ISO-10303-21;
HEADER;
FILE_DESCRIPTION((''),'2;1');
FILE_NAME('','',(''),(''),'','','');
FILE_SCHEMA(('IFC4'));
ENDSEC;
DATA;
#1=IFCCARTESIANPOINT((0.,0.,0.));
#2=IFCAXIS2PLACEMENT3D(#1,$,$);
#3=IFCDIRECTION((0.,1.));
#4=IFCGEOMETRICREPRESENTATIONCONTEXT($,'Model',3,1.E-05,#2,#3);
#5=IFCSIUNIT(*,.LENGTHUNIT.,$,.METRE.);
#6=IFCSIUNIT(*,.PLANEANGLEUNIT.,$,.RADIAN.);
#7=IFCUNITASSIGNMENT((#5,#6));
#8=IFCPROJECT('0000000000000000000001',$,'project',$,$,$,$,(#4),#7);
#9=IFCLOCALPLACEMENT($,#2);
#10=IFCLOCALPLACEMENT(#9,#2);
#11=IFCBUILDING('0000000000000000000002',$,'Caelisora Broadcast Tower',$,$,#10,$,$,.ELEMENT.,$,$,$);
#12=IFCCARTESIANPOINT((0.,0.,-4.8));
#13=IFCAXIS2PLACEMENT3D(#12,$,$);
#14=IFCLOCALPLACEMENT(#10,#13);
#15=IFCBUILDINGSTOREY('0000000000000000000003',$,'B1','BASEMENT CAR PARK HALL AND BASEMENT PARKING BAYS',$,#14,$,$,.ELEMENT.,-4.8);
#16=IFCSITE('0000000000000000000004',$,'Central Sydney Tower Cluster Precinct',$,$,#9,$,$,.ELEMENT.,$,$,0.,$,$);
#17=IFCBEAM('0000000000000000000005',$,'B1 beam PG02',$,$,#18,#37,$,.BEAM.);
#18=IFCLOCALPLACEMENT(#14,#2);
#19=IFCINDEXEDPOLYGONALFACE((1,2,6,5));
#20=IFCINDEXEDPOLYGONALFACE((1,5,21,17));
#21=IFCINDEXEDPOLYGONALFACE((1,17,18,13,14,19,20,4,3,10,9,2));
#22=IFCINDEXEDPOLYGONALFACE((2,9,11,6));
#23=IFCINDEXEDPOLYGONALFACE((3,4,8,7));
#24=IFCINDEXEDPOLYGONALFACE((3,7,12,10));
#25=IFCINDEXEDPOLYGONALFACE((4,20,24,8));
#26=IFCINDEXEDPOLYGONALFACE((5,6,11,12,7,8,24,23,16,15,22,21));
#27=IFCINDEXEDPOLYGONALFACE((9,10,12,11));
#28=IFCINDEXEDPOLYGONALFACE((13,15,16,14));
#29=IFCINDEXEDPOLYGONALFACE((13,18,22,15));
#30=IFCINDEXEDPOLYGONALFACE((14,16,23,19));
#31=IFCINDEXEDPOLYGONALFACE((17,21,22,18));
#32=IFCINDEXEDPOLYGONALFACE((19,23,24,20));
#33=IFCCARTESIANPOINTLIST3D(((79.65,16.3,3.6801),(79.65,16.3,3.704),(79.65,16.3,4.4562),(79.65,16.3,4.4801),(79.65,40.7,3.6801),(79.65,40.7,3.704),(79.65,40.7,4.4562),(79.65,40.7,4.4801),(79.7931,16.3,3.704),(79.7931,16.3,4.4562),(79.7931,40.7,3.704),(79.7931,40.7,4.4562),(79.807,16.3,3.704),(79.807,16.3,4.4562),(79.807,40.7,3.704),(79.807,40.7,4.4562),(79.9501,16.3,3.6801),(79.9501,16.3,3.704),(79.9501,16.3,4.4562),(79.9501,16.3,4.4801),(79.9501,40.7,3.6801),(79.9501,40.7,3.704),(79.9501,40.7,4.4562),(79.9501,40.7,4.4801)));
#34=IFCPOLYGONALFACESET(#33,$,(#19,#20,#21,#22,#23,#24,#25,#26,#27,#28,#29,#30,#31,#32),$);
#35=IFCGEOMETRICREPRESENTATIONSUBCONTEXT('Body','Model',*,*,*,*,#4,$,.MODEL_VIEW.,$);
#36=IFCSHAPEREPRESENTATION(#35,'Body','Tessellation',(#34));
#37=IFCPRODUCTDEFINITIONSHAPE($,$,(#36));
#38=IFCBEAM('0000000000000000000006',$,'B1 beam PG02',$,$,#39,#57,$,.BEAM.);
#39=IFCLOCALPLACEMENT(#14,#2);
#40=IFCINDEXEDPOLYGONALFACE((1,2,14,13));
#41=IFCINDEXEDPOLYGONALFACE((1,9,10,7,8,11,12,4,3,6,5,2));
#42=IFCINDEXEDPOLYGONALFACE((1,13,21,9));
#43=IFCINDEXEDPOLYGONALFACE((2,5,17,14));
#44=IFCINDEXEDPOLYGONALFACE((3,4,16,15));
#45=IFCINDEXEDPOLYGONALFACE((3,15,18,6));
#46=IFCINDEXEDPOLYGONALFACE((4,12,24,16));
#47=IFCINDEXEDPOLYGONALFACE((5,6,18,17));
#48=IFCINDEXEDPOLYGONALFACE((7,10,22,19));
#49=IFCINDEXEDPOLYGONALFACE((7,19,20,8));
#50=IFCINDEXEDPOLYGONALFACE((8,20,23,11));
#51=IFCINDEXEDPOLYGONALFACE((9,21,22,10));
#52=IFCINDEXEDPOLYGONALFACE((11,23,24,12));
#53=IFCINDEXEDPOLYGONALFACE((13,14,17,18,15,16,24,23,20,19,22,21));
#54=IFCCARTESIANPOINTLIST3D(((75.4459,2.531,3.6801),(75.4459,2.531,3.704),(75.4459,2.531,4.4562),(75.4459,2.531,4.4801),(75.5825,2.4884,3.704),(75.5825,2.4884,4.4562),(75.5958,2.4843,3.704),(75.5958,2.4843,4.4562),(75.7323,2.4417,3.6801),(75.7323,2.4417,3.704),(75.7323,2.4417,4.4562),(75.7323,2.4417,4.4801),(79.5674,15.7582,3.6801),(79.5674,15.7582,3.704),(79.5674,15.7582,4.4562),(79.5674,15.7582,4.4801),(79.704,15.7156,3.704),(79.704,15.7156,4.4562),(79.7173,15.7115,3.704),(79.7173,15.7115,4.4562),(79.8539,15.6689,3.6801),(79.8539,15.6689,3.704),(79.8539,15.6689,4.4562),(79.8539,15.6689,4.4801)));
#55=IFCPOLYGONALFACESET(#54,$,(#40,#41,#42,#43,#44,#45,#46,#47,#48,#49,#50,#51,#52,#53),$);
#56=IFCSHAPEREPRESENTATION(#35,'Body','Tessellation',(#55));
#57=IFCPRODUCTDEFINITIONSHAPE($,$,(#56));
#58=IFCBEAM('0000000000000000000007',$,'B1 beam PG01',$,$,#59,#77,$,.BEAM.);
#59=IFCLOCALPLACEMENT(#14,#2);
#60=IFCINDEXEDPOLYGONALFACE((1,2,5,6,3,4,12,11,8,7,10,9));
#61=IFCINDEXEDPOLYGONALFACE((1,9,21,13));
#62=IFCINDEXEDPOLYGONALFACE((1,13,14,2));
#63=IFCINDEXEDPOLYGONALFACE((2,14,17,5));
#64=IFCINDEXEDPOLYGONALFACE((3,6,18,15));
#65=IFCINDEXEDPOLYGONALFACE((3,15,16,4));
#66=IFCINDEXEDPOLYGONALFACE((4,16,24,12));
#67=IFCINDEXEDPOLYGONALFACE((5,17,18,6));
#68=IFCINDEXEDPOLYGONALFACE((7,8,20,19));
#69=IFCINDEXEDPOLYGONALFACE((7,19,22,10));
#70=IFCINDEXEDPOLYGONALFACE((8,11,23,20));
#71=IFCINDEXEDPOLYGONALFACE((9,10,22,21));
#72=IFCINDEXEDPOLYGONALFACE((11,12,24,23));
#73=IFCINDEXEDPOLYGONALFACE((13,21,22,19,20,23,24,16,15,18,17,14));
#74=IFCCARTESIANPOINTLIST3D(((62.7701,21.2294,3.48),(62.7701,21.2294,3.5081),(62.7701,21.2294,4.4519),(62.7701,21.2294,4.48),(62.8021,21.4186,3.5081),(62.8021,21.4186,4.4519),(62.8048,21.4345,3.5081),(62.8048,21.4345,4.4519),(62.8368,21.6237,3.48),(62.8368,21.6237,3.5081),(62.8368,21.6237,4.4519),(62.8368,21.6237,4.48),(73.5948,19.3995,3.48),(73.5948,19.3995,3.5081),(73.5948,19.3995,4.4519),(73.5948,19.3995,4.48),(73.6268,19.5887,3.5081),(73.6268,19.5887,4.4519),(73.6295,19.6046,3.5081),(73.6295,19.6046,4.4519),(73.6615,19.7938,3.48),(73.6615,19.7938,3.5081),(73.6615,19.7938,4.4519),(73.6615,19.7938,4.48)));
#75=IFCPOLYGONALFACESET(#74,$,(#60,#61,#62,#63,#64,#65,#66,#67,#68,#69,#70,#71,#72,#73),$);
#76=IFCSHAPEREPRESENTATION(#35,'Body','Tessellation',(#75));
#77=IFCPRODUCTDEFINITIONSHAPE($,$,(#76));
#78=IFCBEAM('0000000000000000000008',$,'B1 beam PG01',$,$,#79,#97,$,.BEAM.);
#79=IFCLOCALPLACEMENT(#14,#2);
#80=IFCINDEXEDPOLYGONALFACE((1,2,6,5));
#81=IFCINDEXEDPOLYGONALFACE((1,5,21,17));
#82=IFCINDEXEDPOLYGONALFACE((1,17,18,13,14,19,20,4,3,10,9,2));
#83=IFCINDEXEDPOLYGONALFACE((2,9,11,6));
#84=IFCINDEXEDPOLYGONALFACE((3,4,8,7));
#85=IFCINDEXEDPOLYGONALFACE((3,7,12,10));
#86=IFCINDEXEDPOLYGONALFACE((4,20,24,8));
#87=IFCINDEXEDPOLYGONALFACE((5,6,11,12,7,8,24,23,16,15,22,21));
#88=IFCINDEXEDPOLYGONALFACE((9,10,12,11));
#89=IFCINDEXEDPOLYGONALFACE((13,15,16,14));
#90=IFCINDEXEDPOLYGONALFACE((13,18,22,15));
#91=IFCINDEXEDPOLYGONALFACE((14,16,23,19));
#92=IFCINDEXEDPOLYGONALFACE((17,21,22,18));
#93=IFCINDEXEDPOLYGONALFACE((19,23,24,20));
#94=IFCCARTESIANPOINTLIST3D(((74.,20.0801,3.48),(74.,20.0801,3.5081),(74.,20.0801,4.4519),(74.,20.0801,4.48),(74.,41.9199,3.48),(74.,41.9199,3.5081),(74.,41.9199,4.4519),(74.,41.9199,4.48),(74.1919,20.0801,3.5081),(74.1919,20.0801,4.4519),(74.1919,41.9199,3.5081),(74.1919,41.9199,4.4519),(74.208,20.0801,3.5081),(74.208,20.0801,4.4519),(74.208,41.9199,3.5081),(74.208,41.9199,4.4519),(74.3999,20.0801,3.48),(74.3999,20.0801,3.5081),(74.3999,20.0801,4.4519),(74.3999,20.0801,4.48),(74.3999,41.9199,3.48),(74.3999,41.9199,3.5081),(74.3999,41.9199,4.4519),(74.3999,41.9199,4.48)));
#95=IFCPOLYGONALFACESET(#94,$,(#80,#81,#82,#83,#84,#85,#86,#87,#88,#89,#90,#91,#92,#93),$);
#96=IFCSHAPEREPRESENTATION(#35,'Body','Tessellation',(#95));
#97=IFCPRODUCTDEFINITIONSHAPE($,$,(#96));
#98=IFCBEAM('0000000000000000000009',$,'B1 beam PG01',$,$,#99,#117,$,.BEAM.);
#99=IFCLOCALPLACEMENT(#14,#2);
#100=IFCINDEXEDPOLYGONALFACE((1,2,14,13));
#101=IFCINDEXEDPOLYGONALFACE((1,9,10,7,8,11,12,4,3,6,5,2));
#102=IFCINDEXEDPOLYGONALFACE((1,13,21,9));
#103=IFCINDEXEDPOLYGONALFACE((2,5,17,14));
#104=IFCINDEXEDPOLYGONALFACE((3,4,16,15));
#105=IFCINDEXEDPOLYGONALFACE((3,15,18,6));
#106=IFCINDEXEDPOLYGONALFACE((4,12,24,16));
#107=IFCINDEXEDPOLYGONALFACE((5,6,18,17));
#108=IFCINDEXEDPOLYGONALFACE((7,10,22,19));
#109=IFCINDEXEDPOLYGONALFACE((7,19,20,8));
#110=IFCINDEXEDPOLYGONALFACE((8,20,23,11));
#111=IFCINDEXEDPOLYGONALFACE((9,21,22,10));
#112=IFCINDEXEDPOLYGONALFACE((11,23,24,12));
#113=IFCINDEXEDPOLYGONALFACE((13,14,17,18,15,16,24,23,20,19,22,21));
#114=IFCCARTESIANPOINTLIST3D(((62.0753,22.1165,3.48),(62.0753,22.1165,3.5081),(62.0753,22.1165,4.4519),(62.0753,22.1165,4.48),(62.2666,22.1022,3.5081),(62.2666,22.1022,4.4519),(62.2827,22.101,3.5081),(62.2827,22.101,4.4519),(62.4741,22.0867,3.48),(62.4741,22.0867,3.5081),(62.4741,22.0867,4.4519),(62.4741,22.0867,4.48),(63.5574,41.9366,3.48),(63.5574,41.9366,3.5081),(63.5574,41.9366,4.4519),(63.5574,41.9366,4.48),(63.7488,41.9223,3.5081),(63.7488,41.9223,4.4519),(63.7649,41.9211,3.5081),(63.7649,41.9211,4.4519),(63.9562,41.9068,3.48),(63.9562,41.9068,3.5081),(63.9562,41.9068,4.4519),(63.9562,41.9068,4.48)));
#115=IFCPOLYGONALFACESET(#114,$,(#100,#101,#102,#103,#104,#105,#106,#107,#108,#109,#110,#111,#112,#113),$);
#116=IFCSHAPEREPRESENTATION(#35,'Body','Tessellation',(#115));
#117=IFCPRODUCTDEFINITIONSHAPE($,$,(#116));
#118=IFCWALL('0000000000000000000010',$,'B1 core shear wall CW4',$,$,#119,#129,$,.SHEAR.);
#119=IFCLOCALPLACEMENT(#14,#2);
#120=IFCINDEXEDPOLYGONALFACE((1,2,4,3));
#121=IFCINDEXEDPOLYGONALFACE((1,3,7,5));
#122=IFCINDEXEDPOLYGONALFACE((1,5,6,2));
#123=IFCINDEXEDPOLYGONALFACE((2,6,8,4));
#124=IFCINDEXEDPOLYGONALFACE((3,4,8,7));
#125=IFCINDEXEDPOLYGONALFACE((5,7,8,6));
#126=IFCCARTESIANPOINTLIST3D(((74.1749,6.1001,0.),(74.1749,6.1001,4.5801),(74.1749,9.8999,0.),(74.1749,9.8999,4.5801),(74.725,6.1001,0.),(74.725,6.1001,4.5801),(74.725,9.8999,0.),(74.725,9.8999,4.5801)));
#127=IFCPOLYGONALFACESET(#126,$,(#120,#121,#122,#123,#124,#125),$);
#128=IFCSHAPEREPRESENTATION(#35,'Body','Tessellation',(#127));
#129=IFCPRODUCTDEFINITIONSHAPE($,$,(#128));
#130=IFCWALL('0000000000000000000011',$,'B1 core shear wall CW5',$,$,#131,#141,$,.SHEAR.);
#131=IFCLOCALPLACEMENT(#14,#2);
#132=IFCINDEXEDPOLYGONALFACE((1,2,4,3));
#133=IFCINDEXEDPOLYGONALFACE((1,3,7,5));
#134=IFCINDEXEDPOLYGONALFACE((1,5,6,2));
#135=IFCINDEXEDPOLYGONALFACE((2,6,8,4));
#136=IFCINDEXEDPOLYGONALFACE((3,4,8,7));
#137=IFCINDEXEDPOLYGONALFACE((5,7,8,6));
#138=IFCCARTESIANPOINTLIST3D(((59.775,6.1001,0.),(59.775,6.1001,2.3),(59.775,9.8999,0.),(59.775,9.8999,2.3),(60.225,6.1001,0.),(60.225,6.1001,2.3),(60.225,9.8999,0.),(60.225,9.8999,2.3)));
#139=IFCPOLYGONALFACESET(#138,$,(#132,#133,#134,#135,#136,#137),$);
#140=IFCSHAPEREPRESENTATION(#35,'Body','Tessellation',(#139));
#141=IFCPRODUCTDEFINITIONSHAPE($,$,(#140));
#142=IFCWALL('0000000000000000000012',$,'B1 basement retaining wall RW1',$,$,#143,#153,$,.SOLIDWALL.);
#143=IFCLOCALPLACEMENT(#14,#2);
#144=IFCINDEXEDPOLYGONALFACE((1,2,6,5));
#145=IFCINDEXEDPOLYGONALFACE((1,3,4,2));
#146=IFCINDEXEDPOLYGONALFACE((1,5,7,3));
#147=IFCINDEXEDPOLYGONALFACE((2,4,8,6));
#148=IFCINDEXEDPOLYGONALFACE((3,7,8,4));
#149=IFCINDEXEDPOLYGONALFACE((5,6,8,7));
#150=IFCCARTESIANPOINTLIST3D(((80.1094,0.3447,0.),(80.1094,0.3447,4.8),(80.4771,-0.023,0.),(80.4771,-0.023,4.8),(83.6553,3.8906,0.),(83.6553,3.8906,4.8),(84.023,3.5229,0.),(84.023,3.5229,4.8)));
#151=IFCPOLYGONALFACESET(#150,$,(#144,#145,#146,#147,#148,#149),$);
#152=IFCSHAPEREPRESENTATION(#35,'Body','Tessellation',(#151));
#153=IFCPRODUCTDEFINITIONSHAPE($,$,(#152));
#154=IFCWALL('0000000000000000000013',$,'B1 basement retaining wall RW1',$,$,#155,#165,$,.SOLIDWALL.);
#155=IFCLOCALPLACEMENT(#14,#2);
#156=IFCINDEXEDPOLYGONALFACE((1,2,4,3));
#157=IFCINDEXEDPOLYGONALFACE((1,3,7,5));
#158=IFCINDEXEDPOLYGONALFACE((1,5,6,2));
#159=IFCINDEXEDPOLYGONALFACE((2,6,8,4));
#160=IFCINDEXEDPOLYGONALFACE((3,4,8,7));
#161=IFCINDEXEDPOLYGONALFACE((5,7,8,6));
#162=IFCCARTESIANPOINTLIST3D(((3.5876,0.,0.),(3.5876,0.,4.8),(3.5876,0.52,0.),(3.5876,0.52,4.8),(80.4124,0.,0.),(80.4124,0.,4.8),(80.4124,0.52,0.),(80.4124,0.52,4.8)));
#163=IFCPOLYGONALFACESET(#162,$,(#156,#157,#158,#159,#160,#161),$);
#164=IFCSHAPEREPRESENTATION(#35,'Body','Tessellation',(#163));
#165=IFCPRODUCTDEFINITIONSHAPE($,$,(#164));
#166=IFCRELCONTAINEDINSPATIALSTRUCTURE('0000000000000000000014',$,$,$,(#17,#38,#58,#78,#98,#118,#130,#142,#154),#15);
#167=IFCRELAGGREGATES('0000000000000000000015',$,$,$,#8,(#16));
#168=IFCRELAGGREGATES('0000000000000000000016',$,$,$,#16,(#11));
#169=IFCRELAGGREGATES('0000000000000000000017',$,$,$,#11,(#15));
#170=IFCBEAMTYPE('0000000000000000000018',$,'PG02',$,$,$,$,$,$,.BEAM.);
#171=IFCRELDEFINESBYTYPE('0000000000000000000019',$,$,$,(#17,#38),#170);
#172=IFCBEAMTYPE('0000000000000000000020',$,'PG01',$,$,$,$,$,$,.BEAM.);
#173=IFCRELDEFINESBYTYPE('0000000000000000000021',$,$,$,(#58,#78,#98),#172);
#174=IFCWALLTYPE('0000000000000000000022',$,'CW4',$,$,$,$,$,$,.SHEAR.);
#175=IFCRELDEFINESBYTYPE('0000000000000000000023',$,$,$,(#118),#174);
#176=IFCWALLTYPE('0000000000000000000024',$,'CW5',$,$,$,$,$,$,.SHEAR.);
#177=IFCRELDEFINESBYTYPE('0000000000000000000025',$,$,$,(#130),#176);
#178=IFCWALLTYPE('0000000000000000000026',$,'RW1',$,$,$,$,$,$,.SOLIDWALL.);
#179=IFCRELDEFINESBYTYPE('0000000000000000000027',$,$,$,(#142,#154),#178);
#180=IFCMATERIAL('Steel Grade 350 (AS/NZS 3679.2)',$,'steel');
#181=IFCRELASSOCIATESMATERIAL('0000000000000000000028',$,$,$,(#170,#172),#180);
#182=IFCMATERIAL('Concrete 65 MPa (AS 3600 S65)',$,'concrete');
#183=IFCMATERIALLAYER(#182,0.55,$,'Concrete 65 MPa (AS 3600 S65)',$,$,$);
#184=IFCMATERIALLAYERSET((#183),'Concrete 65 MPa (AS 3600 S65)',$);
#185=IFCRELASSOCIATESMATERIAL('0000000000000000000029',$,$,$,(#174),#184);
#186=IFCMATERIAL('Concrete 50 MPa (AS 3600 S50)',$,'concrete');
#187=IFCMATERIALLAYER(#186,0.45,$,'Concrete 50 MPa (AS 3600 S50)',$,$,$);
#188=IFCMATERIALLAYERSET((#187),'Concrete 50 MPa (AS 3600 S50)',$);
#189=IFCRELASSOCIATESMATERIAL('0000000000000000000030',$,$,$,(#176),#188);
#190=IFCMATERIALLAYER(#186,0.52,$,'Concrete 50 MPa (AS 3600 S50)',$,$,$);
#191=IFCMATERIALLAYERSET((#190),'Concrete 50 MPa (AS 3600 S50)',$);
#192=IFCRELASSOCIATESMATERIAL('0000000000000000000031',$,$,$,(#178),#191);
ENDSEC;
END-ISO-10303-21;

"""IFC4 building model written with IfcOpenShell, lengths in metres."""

from ifc_helpers import new_model, si_unit, direction, frame, frame_2d, origin, origin_2d, place, context, subcontext, project, spatial, rectangle, i_section, extrude, source, transform, mapped, material, layer, layer_set, material_profile, profile_set, type_object, type_shapes, element, save


model = new_model("IFC4")

# Units and contexts
model_context = context("Model", 3, precision=1e-05, world=origin(), true_north=direction((0.0, 1.0)))
body_context = subcontext(model_context, "Body", "Model", "MODEL_VIEW")
ifc_project = project(units=[si_unit("LENGTHUNIT", "METRE"), si_unit("PLANEANGLEUNIT", "RADIAN")], contexts=[model_context])

# Site, building, storey
site_placement = place(None, origin())
site = spatial("IfcSite", under=ifc_project, at=site_placement, Name="Central Sydney Tower Cluster Precinct", CompositionType="ELEMENT", RefElevation=0.0)
building_placement = place(site_placement, origin())
building = spatial("IfcBuilding", under=site, at=building_placement, Name="Caelisora Broadcast Tower", CompositionType="ELEMENT")
storey_placement = place(building_placement, frame((0.0, 0.0, -4.8)))
storey = spatial("IfcBuildingStorey", under=building, at=storey_placement, Name="B1", Description="BASEMENT CAR PARK HALL AND BASEMENT PARKING BAYS", CompositionType="ELEMENT", Elevation=-4.8)

# Shared definitions
ifc_material_1 = material(Name="Concrete 50 MPa (AS 3600 S50)", Category="concrete")

# Beams
ifc_material_2 = material(Name="Steel Grade 350 (AS/NZS 3679.2)", Category="steel")
ifc_material_profile_1 = material_profile(ifc_material_2, i_section(OverallWidth=0.3, OverallDepth=0.8, WebThickness=0.0139, FlangeThickness=0.0239, at=origin_2d()), Name="Steel Grade 350 (AS/NZS 3679.2)")
ifc_profile_set_1 = profile_set([ifc_material_profile_1], Name="Steel Grade 350 (AS/NZS 3679.2)")
beam_type_1 = type_object("IfcBeamType", Name="PG02", PredefinedType="BEAM", material=ifc_profile_set_1)
shared_shape_1 = source(origin(), body_context, "Body", "SweptSolid", [
    extrude(i_section(OverallWidth=0.3, OverallDepth=0.8, WebThickness=0.0139, FlangeThickness=0.0239, at=origin_2d()), origin(), (0.0, 0.0, 1.0), 24.3999),
])
beam_1_placement = place(storey_placement, frame((79.8, 16.3, 4.0801), z_axis=(0.0, 1.0, 0.0), x_axis=(-1.0, 0.0, 0.0)))
element("IfcBeam", 1, at=beam_1_placement, inside=storey, type_object=beam_type_1, Name="B1 beam PG02", PredefinedType="BEAM", context=body_context, shape_type="MappedRepresentation", body=[
    mapped(shared_shape_1, transform((0.0, 0.0, 0.0), scale=1.0)),
])
shared_shape_2 = source(origin(), body_context, "Body", "SweptSolid", [
    extrude(i_section(OverallWidth=0.3, OverallDepth=0.8, WebThickness=0.0139, FlangeThickness=0.0239, at=origin_2d()), origin(), (0.0, 0.0, 1.0), 13.8545),
])
beam_2_placement = place(storey_placement, frame((75.5891, 2.4863, 4.0801), z_axis=(0.297489, 0.954725, 0.0), x_axis=(-0.954725, 0.297489, 0.0)))
element("IfcBeam", 2, at=beam_2_placement, inside=storey, type_object=beam_type_1, Name="B1 beam PG02", PredefinedType="BEAM", context=body_context, shape_type="MappedRepresentation", body=[
    mapped(shared_shape_2, transform((0.0, 0.0, 0.0), scale=1.0)),
])
ifc_material_profile_2 = material_profile(ifc_material_2, i_section(OverallWidth=0.3999, OverallDepth=1.0, WebThickness=0.0161, FlangeThickness=0.0281, at=origin_2d()), Name="Steel Grade 350 (AS/NZS 3679.2)")
ifc_profile_set_2 = profile_set([ifc_material_profile_2], Name="Steel Grade 350 (AS/NZS 3679.2)")
beam_type_2 = type_object("IfcBeamType", Name="PG01", PredefinedType="BEAM", material=ifc_profile_set_2)
shared_shape_3 = source(origin(), body_context, "Body", "SweptSolid", [
    extrude(i_section(OverallWidth=0.3999, OverallDepth=1.0, WebThickness=0.0161, FlangeThickness=0.0281, at=origin_2d()), origin(), (0.0, 0.0, 1.0), 10.9783),
])
beam_3_placement = place(storey_placement, frame((62.8035, 21.4265, 3.98), z_axis=(0.986011, -0.166678, 0.0), x_axis=(0.166678, 0.986011, 0.0)))
element("IfcBeam", 3, at=beam_3_placement, inside=storey, type_object=beam_type_2, Name="B1 beam PG01", PredefinedType="BEAM", context=body_context, shape_type="MappedRepresentation", body=[
    mapped(shared_shape_3, transform((0.0, 0.0, 0.0), scale=1.0)),
])
shared_shape_4 = source(origin(), body_context, "Body", "SweptSolid", [
    extrude(i_section(OverallWidth=0.3999, OverallDepth=1.0, WebThickness=0.0161, FlangeThickness=0.0281, at=origin_2d()), origin(), (0.0, 0.0, 1.0), 21.8398),
])
beam_4_placement = place(storey_placement, frame((74.2, 20.0801, 3.98), z_axis=(0.0, 1.0, 0.0), x_axis=(-1.0, 0.0, 0.0)))
element("IfcBeam", 4, at=beam_4_placement, inside=storey, type_object=beam_type_2, Name="B1 beam PG01", PredefinedType="BEAM", context=body_context, shape_type="MappedRepresentation", body=[
    mapped(shared_shape_4, transform((0.0, 0.0, 0.0), scale=1.0)),
])
shared_shape_5 = source(origin(), body_context, "Body", "SweptSolid", [
    extrude(i_section(OverallWidth=0.3999, OverallDepth=1.0, WebThickness=0.0161, FlangeThickness=0.0281, at=origin_2d()), origin(), (0.0, 0.0, 1.0), 19.8755),
])
type_shapes(beam_type_2, [shared_shape_3, shared_shape_4, shared_shape_5])
beam_5_placement = place(storey_placement, frame((62.2747, 22.1016, 3.98), z_axis=(0.074573, 0.997216, 0.0), x_axis=(-0.997216, 0.074573, 0.0)))
element("IfcBeam", 5, at=beam_5_placement, inside=storey, type_object=beam_type_2, Name="B1 beam PG01", PredefinedType="BEAM", context=body_context, shape_type="MappedRepresentation", body=[
    mapped(shared_shape_5, transform((0.0, 0.0, 0.0), scale=1.0)),
])

# Walls
ifc_material_3 = material(Name="Concrete 65 MPa (AS 3600 S65)", Category="concrete")
ifc_layer_1 = layer(ifc_material_3, 0.55, Name="Concrete 65 MPa (AS 3600 S65)")
ifc_layer_set_1 = layer_set([ifc_layer_1], Name="Concrete 65 MPa (AS 3600 S65)")
wall_type_1 = type_object("IfcWallType", Name="CW4", PredefinedType="SHEAR", material=ifc_layer_set_1)
wall_1_placement = place(storey_placement, frame((74.45, 6.1001, 0.0), z_axis=(0.0, 0.0, 1.0), x_axis=(0.0, 1.0, 0.0)))
element("IfcWall", 6, at=wall_1_placement, inside=storey, type_object=wall_type_1, Name="B1 core shear wall CW4", PredefinedType="SHEAR", context=body_context, shape_type="SweptSolid", body=[
    extrude(rectangle(XDim=3.7998, YDim=0.55, at=frame_2d((1.8999, 0.0))), origin(), (0.0, 0.0, 1.0), 4.5801),
])
ifc_layer_2 = layer(ifc_material_1, 0.45, Name="Concrete 50 MPa (AS 3600 S50)")
ifc_layer_set_2 = layer_set([ifc_layer_2], Name="Concrete 50 MPa (AS 3600 S50)")
wall_type_2 = type_object("IfcWallType", Name="CW5", PredefinedType="SHEAR", material=ifc_layer_set_2)
wall_2_placement = place(storey_placement, frame((60.0, 6.1001, 0.0), z_axis=(0.0, 0.0, 1.0), x_axis=(0.0, 1.0, 0.0)))
element("IfcWall", 7, at=wall_2_placement, inside=storey, type_object=wall_type_2, Name="B1 core shear wall CW5", PredefinedType="SHEAR", context=body_context, shape_type="SweptSolid", body=[
    extrude(rectangle(XDim=3.7998, YDim=0.45, at=frame_2d((1.8999, 0.0))), origin(), (0.0, 0.0, 1.0), 2.3),
])
ifc_layer_3 = layer(ifc_material_1, 0.52, Name="Concrete 50 MPa (AS 3600 S50)")
ifc_layer_set_3 = layer_set([ifc_layer_3], Name="Concrete 50 MPa (AS 3600 S50)")
wall_type_3 = type_object("IfcWallType", Name="RW1", PredefinedType="SOLIDWALL", material=ifc_layer_set_3)
wall_3_placement = place(storey_placement, frame((83.8391, 3.7068, 0.0), z_axis=(0.0, 0.0, 1.0), x_axis=(-0.707107, -0.707107, 0.0)))
element("IfcWall", 8, at=wall_3_placement, inside=storey, type_object=wall_type_3, Name="B1 basement retaining wall RW1", PredefinedType="SOLIDWALL", context=body_context, shape_type="SweptSolid", body=[
    extrude(rectangle(XDim=5.0146, YDim=0.52, at=frame_2d((2.5073, 0.0))), origin(), (0.0, 0.0, 1.0), 4.8),
])
wall_4_placement = place(storey_placement, frame((80.4124, 0.26, 0.0), z_axis=(0.0, 0.0, 1.0), x_axis=(-1.0, 0.0, 0.0)))
element("IfcWall", 9, at=wall_4_placement, inside=storey, type_object=wall_type_3, Name="B1 basement retaining wall RW1", PredefinedType="SOLIDWALL", context=body_context, shape_type="SweptSolid", body=[
    extrude(rectangle(XDim=76.8247, YDim=0.52, at=frame_2d((38.4124, 0.0))), origin(), (0.0, 0.0, 1.0), 4.8),
])

save(model, "model.ifc")
